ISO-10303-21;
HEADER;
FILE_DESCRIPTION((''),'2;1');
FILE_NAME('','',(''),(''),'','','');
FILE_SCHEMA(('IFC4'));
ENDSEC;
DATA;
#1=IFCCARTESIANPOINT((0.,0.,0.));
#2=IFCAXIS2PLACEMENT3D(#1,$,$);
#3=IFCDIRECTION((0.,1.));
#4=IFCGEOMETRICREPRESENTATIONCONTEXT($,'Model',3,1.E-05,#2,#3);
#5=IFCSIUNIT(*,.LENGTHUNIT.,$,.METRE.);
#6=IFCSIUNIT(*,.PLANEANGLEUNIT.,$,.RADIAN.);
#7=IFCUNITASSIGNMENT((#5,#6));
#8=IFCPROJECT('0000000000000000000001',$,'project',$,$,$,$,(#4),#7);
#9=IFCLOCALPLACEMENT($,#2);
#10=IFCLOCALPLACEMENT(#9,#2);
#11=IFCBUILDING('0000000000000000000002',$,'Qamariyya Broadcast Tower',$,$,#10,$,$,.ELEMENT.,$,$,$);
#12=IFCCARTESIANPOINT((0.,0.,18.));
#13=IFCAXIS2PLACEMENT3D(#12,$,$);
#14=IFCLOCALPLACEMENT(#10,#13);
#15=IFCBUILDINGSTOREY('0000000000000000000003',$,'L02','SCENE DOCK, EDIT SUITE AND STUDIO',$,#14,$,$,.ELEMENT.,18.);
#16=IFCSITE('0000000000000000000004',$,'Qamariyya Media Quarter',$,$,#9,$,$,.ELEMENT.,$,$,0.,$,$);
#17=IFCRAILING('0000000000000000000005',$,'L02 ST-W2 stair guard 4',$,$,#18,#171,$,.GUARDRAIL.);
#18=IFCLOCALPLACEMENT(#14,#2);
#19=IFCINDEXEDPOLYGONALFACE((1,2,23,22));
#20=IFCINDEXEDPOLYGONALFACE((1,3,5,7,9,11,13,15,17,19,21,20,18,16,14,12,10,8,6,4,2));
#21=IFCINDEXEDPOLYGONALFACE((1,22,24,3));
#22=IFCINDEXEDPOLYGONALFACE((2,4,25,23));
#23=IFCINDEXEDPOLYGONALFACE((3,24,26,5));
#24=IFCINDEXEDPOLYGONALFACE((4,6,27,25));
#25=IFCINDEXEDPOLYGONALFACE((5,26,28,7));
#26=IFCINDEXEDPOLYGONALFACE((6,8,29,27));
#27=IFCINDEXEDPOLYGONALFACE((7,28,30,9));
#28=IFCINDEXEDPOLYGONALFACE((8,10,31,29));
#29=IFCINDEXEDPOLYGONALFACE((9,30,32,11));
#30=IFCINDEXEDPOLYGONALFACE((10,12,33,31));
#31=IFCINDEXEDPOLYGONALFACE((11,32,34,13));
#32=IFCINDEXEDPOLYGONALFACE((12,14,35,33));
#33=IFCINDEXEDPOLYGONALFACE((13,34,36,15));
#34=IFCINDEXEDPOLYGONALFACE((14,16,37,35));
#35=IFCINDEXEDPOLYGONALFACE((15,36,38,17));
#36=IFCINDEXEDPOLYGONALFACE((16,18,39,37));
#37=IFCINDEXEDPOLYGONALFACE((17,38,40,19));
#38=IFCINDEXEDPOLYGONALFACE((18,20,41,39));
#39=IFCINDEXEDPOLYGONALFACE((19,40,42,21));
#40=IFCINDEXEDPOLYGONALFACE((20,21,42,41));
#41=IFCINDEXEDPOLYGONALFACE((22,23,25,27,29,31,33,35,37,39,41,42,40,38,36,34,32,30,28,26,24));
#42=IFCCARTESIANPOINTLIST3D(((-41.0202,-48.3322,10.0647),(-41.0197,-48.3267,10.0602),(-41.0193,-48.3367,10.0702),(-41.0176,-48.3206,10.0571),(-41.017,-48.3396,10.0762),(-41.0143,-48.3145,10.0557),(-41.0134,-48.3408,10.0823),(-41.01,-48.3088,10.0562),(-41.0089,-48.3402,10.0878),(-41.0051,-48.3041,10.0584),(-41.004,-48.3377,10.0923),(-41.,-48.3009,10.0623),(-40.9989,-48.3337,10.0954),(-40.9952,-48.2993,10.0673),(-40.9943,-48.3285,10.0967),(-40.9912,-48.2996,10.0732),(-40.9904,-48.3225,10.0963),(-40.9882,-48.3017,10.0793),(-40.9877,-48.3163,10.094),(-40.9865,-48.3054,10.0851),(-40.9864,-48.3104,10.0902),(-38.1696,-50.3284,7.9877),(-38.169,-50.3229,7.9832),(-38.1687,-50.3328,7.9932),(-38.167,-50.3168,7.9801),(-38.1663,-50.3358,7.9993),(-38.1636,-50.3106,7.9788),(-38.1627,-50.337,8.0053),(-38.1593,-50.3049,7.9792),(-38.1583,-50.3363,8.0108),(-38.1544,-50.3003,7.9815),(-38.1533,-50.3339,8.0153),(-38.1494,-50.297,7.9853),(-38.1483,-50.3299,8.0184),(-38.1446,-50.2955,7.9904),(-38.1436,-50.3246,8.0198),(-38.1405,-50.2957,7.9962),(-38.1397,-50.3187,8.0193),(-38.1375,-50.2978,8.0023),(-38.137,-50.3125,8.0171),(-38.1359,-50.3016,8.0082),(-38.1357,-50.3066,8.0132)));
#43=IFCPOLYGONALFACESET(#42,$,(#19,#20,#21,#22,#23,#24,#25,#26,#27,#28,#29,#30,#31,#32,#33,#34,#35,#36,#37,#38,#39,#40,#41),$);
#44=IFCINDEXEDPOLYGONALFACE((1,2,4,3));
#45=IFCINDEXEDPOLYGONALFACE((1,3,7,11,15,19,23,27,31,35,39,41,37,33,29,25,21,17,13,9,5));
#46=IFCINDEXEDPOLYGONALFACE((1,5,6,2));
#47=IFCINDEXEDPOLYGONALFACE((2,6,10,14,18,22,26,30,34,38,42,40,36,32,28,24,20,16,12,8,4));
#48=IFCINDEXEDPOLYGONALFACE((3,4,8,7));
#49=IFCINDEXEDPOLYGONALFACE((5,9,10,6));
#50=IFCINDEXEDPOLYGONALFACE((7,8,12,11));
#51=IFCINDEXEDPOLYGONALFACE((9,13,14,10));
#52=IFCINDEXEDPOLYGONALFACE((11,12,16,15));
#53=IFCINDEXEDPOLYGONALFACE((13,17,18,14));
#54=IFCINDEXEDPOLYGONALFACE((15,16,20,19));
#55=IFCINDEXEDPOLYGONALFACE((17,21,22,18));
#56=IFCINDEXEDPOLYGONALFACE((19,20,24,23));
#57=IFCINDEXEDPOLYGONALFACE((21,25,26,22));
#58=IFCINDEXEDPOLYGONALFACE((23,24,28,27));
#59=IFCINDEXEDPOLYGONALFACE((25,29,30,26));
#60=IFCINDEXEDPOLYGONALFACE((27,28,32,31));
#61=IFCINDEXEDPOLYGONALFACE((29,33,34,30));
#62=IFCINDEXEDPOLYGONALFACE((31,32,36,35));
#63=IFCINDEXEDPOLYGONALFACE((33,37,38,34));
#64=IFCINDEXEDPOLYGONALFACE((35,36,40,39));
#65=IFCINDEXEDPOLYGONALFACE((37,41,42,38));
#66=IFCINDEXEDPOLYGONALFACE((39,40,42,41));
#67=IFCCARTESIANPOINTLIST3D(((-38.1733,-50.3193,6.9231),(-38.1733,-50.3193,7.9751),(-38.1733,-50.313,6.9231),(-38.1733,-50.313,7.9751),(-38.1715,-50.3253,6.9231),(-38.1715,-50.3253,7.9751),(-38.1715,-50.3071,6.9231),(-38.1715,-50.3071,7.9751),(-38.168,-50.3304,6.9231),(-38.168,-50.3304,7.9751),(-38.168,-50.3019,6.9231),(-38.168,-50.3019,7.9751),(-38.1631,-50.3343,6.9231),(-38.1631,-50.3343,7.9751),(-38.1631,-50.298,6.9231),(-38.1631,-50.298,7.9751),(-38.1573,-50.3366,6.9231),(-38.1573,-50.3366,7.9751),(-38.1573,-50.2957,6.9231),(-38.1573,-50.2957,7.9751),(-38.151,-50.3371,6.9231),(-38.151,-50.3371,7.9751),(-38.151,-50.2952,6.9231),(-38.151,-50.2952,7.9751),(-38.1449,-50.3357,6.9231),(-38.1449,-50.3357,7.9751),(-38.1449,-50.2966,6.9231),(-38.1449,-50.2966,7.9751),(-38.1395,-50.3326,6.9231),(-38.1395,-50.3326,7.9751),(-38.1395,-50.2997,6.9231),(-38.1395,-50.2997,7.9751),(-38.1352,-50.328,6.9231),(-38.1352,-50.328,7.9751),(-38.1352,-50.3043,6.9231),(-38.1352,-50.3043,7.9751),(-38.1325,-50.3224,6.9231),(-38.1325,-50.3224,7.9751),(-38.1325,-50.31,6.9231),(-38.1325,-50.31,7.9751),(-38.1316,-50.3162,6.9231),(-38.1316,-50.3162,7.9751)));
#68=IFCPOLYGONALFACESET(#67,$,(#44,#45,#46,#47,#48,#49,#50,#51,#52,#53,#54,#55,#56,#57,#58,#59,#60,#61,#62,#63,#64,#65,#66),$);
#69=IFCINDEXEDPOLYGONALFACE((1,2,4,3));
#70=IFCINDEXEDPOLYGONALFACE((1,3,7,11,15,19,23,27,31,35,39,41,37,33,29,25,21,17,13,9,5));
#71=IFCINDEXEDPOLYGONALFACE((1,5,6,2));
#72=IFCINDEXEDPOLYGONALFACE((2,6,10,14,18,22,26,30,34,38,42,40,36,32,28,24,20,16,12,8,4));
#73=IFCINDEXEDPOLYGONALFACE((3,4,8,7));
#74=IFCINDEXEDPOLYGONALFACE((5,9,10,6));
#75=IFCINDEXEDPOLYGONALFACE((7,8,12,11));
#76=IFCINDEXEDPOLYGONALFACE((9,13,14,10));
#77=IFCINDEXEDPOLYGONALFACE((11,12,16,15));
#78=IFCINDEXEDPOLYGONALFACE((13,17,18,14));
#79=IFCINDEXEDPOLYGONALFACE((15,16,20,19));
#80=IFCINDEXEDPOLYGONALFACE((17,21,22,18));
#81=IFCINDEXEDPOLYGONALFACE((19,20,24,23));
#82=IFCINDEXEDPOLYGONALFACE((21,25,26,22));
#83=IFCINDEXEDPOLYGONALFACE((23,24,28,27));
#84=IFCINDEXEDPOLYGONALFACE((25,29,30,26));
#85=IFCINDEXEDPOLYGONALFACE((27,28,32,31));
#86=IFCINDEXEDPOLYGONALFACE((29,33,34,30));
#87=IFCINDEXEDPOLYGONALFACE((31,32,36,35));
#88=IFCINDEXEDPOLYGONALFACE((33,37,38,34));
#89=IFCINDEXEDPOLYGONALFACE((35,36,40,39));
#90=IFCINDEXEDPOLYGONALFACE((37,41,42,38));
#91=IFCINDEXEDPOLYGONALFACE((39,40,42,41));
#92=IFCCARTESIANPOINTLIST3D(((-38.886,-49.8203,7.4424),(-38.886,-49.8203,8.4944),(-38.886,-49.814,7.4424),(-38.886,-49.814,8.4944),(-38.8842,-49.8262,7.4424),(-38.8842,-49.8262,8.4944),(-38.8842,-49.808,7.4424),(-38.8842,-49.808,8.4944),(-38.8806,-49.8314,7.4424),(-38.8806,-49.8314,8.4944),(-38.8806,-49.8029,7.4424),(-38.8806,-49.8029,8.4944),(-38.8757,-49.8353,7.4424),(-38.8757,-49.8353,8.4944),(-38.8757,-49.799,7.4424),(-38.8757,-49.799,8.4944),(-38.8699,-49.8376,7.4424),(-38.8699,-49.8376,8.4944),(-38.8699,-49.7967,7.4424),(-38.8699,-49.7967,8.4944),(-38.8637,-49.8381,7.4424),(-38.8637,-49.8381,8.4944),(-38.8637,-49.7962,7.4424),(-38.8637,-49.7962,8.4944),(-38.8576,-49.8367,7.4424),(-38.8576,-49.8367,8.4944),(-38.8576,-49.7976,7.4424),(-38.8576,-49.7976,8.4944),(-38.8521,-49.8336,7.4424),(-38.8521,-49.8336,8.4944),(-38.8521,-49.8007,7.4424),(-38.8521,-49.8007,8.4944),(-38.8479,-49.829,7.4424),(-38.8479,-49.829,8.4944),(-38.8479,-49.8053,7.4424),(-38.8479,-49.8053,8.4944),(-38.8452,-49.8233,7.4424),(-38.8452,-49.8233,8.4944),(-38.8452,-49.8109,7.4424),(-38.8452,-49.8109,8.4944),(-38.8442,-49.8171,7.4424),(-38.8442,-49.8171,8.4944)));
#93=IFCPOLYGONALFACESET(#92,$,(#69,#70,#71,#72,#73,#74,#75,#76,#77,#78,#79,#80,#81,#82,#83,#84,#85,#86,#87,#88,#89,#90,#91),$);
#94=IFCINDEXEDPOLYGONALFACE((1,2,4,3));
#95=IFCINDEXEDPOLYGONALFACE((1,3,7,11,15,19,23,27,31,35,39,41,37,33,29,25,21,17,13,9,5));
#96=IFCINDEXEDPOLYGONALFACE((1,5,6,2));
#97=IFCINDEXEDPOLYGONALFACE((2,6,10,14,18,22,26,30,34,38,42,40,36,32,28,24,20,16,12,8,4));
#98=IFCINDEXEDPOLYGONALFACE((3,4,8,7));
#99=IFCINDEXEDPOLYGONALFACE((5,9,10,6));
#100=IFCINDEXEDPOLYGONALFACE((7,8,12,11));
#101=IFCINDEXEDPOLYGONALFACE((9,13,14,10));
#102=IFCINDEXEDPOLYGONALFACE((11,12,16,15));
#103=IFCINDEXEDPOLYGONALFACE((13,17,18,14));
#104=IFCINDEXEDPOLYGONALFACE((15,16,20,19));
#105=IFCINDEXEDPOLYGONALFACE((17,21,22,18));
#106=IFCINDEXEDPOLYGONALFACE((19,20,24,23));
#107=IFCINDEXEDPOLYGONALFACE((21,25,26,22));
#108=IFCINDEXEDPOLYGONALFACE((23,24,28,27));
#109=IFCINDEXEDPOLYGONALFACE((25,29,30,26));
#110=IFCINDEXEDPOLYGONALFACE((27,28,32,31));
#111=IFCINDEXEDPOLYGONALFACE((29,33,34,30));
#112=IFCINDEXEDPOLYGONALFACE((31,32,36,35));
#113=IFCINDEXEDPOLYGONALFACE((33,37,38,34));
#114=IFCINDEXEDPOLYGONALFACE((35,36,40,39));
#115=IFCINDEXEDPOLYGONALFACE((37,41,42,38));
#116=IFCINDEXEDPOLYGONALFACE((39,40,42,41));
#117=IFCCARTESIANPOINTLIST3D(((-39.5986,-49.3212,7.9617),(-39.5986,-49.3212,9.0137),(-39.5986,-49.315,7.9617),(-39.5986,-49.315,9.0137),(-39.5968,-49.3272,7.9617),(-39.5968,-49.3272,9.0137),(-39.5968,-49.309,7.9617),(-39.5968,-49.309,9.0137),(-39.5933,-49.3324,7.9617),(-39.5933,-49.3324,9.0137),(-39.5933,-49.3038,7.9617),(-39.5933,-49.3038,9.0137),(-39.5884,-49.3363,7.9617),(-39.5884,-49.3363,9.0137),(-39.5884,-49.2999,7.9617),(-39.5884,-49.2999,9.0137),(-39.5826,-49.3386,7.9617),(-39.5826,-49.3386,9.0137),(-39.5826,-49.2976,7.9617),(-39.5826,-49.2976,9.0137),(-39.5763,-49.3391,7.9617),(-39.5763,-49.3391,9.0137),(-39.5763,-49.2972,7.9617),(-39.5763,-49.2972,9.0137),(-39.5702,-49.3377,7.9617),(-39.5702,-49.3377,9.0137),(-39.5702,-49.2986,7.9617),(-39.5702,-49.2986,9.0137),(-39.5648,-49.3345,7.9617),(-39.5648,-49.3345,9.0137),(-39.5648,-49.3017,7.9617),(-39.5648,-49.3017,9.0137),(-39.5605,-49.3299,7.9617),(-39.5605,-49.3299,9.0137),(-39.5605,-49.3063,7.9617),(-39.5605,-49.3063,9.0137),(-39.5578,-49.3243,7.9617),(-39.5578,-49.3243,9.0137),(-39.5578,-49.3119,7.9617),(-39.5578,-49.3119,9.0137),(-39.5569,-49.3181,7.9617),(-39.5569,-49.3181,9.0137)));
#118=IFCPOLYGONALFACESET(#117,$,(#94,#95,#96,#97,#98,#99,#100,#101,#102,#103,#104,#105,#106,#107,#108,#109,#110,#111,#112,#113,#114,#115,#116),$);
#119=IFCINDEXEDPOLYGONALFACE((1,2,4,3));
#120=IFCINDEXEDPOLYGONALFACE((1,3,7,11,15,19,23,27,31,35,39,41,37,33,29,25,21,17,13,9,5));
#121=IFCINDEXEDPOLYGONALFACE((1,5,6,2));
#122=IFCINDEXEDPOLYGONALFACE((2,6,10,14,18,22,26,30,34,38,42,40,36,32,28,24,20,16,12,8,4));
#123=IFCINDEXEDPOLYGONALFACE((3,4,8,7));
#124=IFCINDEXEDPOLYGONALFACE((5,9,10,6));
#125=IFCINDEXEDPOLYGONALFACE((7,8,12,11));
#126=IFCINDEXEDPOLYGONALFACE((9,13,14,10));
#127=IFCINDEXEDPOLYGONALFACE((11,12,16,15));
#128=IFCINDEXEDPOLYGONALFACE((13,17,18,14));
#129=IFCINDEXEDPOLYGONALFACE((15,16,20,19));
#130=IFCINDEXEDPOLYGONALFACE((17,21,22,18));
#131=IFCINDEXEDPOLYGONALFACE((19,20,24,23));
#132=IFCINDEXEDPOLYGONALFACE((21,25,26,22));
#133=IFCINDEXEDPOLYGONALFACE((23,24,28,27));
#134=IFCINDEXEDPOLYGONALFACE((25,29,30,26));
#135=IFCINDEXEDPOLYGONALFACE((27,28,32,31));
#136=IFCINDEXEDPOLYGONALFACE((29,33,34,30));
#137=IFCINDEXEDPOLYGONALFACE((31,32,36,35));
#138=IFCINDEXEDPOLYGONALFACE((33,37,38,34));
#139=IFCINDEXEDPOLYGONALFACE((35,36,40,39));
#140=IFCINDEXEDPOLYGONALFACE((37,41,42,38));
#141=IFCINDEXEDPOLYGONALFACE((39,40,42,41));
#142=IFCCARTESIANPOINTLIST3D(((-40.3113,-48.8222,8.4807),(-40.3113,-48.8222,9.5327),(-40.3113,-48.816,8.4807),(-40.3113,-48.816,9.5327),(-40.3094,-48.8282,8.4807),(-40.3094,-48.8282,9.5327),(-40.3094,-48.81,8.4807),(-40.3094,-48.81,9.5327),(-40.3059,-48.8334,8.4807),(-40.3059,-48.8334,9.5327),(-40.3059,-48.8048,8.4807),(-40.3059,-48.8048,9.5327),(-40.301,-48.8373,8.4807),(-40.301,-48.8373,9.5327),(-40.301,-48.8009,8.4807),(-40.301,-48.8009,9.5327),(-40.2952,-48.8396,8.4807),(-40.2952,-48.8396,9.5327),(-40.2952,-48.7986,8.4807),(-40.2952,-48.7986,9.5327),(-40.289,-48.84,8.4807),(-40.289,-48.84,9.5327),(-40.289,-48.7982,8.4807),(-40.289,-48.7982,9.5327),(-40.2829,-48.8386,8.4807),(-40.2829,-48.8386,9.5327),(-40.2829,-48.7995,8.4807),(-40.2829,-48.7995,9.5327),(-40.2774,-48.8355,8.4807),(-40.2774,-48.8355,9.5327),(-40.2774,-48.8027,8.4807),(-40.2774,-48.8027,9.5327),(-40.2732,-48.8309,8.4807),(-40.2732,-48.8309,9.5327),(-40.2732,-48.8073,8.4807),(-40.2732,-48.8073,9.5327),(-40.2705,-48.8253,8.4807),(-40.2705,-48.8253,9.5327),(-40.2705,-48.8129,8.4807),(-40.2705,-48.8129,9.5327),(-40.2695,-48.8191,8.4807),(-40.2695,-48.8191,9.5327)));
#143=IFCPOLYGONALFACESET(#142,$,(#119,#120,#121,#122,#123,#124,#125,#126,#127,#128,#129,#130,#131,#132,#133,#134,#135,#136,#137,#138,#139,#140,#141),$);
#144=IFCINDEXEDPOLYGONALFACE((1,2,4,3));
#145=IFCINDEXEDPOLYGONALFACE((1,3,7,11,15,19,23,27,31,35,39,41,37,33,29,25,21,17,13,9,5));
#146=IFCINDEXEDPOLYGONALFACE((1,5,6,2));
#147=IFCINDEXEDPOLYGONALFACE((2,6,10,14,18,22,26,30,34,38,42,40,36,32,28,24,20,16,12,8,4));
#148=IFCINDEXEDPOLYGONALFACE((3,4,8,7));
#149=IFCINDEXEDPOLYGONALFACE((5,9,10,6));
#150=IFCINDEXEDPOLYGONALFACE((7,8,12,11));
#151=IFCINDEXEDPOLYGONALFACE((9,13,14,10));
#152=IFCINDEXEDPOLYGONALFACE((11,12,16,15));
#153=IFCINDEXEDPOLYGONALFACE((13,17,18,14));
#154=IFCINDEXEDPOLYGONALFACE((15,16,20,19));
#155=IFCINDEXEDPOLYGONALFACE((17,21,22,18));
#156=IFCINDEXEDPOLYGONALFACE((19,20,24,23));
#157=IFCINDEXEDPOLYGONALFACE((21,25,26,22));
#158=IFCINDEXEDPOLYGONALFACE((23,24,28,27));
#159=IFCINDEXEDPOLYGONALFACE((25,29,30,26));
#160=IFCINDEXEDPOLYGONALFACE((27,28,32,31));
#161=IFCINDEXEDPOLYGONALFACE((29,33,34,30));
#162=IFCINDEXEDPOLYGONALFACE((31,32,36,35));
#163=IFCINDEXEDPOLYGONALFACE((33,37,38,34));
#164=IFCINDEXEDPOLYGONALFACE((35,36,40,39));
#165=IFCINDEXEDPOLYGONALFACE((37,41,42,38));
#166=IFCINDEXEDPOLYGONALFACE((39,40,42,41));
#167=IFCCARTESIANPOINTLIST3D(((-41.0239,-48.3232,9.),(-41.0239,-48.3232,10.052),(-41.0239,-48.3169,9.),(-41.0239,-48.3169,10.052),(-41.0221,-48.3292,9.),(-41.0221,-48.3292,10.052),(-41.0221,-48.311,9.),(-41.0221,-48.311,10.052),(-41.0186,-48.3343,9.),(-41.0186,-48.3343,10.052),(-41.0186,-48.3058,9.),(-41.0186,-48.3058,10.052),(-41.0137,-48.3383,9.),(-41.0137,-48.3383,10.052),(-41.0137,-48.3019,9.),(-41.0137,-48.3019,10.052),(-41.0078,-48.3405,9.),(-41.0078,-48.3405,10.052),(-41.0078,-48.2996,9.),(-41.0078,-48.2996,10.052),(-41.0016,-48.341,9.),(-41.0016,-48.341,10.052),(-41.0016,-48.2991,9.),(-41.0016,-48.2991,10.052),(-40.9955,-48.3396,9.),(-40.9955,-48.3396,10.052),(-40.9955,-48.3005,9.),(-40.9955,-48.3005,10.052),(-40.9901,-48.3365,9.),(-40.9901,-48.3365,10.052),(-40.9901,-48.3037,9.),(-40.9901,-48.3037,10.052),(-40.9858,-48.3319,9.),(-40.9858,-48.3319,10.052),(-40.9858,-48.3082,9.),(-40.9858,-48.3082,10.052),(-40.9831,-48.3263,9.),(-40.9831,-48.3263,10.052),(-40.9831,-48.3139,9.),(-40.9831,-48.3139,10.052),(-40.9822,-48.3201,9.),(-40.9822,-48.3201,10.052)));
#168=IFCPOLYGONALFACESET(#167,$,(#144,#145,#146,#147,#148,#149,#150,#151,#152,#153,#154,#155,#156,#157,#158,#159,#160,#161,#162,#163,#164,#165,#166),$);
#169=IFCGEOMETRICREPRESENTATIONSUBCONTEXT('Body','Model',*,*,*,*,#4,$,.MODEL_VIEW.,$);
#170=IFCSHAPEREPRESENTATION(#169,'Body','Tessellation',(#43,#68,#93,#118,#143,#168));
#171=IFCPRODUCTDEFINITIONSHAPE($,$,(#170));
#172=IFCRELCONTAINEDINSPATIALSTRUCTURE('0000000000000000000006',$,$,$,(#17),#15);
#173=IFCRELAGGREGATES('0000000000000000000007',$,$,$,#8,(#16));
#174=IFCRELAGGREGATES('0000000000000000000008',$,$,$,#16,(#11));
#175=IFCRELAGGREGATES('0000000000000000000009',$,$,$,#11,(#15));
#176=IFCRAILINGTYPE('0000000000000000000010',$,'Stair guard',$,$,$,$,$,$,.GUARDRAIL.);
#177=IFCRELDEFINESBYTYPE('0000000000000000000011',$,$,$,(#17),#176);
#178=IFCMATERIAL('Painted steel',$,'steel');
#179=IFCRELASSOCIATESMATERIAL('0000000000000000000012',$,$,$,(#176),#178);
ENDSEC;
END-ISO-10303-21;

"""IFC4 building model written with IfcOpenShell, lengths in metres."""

from ifc_helpers import new_model, si_unit, direction, frame, origin, origin_2d, place, context, subcontext, project, spatial, circle, extrude, material, type_object, element, save


model = new_model("IFC4")

# Units and contexts
model_context = context("Model", 3, precision=1e-05, world=origin(), true_north=direction((0.0, 1.0)))
body_context = subcontext(model_context, "Body", "Model", "MODEL_VIEW")
ifc_project = project(units=[si_unit("LENGTHUNIT", "METRE"), si_unit("PLANEANGLEUNIT", "RADIAN")], contexts=[model_context])

# Site, building, storey
site_placement = place(None, origin())
site = spatial("IfcSite", under=ifc_project, at=site_placement, Name="Qamariyya Media Quarter", CompositionType="ELEMENT", RefElevation=0.0)
building_placement = place(site_placement, origin())
building = spatial("IfcBuilding", under=site, at=building_placement, Name="Qamariyya Broadcast Tower", CompositionType="ELEMENT")
storey_placement = place(building_placement, frame((0.0, 0.0, 18.0)))
storey = spatial("IfcBuildingStorey", under=building, at=storey_placement, Name="L02", Description="SCENE DOCK, EDIT SUITE AND STUDIO", CompositionType="ELEMENT", Elevation=18.0)

# Railing
ifc_material_1 = material(Name="Painted steel", Category="steel")
railing_type_1 = type_object("IfcRailingType", Name="Stair guard", PredefinedType="GUARDRAIL", material=ifc_material_1)
railing_1_placement = place(storey_placement, frame((-38.1526, -50.3162, 6.9231)))
element("IfcRailing", 1, at=railing_1_placement, inside=storey, type_object=railing_type_1, Name="L02 ST-W2 stair guard 4", PredefinedType="GUARDRAIL", context=body_context, shape_type="SweptSolid", body=[
    extrude(circle(Radius=0.0239, at=origin_2d()), frame((0.0, 0.0, 1.0762), z_axis=(-0.703393, 0.492544, 0.512484), x_axis=(-0.573594, -0.81914, 0.0)), (0.0, 0.0, 1.0), 4.0527),
    extrude(circle(Radius=0.021, at=origin_2d()), origin(), (0.0, 0.0, 1.0), 1.052),
    extrude(circle(Radius=0.021, at=origin_2d()), frame((-0.7126, 0.499, 0.5193)), (0.0, 0.0, 1.0), 1.052),
    extrude(circle(Radius=0.021, at=origin_2d()), frame((-1.4253, 0.998, 1.0386)), (0.0, 0.0, 1.0), 1.052),
    extrude(circle(Radius=0.021, at=origin_2d()), frame((-2.1379, 1.4971, 1.5576)), (0.0, 0.0, 1.0), 1.052),
    extrude(circle(Radius=0.021, at=origin_2d()), frame((-2.8506, 1.9961, 2.0769)), (0.0, 0.0, 1.0), 1.052),
])

save(model, "model.ifc")
